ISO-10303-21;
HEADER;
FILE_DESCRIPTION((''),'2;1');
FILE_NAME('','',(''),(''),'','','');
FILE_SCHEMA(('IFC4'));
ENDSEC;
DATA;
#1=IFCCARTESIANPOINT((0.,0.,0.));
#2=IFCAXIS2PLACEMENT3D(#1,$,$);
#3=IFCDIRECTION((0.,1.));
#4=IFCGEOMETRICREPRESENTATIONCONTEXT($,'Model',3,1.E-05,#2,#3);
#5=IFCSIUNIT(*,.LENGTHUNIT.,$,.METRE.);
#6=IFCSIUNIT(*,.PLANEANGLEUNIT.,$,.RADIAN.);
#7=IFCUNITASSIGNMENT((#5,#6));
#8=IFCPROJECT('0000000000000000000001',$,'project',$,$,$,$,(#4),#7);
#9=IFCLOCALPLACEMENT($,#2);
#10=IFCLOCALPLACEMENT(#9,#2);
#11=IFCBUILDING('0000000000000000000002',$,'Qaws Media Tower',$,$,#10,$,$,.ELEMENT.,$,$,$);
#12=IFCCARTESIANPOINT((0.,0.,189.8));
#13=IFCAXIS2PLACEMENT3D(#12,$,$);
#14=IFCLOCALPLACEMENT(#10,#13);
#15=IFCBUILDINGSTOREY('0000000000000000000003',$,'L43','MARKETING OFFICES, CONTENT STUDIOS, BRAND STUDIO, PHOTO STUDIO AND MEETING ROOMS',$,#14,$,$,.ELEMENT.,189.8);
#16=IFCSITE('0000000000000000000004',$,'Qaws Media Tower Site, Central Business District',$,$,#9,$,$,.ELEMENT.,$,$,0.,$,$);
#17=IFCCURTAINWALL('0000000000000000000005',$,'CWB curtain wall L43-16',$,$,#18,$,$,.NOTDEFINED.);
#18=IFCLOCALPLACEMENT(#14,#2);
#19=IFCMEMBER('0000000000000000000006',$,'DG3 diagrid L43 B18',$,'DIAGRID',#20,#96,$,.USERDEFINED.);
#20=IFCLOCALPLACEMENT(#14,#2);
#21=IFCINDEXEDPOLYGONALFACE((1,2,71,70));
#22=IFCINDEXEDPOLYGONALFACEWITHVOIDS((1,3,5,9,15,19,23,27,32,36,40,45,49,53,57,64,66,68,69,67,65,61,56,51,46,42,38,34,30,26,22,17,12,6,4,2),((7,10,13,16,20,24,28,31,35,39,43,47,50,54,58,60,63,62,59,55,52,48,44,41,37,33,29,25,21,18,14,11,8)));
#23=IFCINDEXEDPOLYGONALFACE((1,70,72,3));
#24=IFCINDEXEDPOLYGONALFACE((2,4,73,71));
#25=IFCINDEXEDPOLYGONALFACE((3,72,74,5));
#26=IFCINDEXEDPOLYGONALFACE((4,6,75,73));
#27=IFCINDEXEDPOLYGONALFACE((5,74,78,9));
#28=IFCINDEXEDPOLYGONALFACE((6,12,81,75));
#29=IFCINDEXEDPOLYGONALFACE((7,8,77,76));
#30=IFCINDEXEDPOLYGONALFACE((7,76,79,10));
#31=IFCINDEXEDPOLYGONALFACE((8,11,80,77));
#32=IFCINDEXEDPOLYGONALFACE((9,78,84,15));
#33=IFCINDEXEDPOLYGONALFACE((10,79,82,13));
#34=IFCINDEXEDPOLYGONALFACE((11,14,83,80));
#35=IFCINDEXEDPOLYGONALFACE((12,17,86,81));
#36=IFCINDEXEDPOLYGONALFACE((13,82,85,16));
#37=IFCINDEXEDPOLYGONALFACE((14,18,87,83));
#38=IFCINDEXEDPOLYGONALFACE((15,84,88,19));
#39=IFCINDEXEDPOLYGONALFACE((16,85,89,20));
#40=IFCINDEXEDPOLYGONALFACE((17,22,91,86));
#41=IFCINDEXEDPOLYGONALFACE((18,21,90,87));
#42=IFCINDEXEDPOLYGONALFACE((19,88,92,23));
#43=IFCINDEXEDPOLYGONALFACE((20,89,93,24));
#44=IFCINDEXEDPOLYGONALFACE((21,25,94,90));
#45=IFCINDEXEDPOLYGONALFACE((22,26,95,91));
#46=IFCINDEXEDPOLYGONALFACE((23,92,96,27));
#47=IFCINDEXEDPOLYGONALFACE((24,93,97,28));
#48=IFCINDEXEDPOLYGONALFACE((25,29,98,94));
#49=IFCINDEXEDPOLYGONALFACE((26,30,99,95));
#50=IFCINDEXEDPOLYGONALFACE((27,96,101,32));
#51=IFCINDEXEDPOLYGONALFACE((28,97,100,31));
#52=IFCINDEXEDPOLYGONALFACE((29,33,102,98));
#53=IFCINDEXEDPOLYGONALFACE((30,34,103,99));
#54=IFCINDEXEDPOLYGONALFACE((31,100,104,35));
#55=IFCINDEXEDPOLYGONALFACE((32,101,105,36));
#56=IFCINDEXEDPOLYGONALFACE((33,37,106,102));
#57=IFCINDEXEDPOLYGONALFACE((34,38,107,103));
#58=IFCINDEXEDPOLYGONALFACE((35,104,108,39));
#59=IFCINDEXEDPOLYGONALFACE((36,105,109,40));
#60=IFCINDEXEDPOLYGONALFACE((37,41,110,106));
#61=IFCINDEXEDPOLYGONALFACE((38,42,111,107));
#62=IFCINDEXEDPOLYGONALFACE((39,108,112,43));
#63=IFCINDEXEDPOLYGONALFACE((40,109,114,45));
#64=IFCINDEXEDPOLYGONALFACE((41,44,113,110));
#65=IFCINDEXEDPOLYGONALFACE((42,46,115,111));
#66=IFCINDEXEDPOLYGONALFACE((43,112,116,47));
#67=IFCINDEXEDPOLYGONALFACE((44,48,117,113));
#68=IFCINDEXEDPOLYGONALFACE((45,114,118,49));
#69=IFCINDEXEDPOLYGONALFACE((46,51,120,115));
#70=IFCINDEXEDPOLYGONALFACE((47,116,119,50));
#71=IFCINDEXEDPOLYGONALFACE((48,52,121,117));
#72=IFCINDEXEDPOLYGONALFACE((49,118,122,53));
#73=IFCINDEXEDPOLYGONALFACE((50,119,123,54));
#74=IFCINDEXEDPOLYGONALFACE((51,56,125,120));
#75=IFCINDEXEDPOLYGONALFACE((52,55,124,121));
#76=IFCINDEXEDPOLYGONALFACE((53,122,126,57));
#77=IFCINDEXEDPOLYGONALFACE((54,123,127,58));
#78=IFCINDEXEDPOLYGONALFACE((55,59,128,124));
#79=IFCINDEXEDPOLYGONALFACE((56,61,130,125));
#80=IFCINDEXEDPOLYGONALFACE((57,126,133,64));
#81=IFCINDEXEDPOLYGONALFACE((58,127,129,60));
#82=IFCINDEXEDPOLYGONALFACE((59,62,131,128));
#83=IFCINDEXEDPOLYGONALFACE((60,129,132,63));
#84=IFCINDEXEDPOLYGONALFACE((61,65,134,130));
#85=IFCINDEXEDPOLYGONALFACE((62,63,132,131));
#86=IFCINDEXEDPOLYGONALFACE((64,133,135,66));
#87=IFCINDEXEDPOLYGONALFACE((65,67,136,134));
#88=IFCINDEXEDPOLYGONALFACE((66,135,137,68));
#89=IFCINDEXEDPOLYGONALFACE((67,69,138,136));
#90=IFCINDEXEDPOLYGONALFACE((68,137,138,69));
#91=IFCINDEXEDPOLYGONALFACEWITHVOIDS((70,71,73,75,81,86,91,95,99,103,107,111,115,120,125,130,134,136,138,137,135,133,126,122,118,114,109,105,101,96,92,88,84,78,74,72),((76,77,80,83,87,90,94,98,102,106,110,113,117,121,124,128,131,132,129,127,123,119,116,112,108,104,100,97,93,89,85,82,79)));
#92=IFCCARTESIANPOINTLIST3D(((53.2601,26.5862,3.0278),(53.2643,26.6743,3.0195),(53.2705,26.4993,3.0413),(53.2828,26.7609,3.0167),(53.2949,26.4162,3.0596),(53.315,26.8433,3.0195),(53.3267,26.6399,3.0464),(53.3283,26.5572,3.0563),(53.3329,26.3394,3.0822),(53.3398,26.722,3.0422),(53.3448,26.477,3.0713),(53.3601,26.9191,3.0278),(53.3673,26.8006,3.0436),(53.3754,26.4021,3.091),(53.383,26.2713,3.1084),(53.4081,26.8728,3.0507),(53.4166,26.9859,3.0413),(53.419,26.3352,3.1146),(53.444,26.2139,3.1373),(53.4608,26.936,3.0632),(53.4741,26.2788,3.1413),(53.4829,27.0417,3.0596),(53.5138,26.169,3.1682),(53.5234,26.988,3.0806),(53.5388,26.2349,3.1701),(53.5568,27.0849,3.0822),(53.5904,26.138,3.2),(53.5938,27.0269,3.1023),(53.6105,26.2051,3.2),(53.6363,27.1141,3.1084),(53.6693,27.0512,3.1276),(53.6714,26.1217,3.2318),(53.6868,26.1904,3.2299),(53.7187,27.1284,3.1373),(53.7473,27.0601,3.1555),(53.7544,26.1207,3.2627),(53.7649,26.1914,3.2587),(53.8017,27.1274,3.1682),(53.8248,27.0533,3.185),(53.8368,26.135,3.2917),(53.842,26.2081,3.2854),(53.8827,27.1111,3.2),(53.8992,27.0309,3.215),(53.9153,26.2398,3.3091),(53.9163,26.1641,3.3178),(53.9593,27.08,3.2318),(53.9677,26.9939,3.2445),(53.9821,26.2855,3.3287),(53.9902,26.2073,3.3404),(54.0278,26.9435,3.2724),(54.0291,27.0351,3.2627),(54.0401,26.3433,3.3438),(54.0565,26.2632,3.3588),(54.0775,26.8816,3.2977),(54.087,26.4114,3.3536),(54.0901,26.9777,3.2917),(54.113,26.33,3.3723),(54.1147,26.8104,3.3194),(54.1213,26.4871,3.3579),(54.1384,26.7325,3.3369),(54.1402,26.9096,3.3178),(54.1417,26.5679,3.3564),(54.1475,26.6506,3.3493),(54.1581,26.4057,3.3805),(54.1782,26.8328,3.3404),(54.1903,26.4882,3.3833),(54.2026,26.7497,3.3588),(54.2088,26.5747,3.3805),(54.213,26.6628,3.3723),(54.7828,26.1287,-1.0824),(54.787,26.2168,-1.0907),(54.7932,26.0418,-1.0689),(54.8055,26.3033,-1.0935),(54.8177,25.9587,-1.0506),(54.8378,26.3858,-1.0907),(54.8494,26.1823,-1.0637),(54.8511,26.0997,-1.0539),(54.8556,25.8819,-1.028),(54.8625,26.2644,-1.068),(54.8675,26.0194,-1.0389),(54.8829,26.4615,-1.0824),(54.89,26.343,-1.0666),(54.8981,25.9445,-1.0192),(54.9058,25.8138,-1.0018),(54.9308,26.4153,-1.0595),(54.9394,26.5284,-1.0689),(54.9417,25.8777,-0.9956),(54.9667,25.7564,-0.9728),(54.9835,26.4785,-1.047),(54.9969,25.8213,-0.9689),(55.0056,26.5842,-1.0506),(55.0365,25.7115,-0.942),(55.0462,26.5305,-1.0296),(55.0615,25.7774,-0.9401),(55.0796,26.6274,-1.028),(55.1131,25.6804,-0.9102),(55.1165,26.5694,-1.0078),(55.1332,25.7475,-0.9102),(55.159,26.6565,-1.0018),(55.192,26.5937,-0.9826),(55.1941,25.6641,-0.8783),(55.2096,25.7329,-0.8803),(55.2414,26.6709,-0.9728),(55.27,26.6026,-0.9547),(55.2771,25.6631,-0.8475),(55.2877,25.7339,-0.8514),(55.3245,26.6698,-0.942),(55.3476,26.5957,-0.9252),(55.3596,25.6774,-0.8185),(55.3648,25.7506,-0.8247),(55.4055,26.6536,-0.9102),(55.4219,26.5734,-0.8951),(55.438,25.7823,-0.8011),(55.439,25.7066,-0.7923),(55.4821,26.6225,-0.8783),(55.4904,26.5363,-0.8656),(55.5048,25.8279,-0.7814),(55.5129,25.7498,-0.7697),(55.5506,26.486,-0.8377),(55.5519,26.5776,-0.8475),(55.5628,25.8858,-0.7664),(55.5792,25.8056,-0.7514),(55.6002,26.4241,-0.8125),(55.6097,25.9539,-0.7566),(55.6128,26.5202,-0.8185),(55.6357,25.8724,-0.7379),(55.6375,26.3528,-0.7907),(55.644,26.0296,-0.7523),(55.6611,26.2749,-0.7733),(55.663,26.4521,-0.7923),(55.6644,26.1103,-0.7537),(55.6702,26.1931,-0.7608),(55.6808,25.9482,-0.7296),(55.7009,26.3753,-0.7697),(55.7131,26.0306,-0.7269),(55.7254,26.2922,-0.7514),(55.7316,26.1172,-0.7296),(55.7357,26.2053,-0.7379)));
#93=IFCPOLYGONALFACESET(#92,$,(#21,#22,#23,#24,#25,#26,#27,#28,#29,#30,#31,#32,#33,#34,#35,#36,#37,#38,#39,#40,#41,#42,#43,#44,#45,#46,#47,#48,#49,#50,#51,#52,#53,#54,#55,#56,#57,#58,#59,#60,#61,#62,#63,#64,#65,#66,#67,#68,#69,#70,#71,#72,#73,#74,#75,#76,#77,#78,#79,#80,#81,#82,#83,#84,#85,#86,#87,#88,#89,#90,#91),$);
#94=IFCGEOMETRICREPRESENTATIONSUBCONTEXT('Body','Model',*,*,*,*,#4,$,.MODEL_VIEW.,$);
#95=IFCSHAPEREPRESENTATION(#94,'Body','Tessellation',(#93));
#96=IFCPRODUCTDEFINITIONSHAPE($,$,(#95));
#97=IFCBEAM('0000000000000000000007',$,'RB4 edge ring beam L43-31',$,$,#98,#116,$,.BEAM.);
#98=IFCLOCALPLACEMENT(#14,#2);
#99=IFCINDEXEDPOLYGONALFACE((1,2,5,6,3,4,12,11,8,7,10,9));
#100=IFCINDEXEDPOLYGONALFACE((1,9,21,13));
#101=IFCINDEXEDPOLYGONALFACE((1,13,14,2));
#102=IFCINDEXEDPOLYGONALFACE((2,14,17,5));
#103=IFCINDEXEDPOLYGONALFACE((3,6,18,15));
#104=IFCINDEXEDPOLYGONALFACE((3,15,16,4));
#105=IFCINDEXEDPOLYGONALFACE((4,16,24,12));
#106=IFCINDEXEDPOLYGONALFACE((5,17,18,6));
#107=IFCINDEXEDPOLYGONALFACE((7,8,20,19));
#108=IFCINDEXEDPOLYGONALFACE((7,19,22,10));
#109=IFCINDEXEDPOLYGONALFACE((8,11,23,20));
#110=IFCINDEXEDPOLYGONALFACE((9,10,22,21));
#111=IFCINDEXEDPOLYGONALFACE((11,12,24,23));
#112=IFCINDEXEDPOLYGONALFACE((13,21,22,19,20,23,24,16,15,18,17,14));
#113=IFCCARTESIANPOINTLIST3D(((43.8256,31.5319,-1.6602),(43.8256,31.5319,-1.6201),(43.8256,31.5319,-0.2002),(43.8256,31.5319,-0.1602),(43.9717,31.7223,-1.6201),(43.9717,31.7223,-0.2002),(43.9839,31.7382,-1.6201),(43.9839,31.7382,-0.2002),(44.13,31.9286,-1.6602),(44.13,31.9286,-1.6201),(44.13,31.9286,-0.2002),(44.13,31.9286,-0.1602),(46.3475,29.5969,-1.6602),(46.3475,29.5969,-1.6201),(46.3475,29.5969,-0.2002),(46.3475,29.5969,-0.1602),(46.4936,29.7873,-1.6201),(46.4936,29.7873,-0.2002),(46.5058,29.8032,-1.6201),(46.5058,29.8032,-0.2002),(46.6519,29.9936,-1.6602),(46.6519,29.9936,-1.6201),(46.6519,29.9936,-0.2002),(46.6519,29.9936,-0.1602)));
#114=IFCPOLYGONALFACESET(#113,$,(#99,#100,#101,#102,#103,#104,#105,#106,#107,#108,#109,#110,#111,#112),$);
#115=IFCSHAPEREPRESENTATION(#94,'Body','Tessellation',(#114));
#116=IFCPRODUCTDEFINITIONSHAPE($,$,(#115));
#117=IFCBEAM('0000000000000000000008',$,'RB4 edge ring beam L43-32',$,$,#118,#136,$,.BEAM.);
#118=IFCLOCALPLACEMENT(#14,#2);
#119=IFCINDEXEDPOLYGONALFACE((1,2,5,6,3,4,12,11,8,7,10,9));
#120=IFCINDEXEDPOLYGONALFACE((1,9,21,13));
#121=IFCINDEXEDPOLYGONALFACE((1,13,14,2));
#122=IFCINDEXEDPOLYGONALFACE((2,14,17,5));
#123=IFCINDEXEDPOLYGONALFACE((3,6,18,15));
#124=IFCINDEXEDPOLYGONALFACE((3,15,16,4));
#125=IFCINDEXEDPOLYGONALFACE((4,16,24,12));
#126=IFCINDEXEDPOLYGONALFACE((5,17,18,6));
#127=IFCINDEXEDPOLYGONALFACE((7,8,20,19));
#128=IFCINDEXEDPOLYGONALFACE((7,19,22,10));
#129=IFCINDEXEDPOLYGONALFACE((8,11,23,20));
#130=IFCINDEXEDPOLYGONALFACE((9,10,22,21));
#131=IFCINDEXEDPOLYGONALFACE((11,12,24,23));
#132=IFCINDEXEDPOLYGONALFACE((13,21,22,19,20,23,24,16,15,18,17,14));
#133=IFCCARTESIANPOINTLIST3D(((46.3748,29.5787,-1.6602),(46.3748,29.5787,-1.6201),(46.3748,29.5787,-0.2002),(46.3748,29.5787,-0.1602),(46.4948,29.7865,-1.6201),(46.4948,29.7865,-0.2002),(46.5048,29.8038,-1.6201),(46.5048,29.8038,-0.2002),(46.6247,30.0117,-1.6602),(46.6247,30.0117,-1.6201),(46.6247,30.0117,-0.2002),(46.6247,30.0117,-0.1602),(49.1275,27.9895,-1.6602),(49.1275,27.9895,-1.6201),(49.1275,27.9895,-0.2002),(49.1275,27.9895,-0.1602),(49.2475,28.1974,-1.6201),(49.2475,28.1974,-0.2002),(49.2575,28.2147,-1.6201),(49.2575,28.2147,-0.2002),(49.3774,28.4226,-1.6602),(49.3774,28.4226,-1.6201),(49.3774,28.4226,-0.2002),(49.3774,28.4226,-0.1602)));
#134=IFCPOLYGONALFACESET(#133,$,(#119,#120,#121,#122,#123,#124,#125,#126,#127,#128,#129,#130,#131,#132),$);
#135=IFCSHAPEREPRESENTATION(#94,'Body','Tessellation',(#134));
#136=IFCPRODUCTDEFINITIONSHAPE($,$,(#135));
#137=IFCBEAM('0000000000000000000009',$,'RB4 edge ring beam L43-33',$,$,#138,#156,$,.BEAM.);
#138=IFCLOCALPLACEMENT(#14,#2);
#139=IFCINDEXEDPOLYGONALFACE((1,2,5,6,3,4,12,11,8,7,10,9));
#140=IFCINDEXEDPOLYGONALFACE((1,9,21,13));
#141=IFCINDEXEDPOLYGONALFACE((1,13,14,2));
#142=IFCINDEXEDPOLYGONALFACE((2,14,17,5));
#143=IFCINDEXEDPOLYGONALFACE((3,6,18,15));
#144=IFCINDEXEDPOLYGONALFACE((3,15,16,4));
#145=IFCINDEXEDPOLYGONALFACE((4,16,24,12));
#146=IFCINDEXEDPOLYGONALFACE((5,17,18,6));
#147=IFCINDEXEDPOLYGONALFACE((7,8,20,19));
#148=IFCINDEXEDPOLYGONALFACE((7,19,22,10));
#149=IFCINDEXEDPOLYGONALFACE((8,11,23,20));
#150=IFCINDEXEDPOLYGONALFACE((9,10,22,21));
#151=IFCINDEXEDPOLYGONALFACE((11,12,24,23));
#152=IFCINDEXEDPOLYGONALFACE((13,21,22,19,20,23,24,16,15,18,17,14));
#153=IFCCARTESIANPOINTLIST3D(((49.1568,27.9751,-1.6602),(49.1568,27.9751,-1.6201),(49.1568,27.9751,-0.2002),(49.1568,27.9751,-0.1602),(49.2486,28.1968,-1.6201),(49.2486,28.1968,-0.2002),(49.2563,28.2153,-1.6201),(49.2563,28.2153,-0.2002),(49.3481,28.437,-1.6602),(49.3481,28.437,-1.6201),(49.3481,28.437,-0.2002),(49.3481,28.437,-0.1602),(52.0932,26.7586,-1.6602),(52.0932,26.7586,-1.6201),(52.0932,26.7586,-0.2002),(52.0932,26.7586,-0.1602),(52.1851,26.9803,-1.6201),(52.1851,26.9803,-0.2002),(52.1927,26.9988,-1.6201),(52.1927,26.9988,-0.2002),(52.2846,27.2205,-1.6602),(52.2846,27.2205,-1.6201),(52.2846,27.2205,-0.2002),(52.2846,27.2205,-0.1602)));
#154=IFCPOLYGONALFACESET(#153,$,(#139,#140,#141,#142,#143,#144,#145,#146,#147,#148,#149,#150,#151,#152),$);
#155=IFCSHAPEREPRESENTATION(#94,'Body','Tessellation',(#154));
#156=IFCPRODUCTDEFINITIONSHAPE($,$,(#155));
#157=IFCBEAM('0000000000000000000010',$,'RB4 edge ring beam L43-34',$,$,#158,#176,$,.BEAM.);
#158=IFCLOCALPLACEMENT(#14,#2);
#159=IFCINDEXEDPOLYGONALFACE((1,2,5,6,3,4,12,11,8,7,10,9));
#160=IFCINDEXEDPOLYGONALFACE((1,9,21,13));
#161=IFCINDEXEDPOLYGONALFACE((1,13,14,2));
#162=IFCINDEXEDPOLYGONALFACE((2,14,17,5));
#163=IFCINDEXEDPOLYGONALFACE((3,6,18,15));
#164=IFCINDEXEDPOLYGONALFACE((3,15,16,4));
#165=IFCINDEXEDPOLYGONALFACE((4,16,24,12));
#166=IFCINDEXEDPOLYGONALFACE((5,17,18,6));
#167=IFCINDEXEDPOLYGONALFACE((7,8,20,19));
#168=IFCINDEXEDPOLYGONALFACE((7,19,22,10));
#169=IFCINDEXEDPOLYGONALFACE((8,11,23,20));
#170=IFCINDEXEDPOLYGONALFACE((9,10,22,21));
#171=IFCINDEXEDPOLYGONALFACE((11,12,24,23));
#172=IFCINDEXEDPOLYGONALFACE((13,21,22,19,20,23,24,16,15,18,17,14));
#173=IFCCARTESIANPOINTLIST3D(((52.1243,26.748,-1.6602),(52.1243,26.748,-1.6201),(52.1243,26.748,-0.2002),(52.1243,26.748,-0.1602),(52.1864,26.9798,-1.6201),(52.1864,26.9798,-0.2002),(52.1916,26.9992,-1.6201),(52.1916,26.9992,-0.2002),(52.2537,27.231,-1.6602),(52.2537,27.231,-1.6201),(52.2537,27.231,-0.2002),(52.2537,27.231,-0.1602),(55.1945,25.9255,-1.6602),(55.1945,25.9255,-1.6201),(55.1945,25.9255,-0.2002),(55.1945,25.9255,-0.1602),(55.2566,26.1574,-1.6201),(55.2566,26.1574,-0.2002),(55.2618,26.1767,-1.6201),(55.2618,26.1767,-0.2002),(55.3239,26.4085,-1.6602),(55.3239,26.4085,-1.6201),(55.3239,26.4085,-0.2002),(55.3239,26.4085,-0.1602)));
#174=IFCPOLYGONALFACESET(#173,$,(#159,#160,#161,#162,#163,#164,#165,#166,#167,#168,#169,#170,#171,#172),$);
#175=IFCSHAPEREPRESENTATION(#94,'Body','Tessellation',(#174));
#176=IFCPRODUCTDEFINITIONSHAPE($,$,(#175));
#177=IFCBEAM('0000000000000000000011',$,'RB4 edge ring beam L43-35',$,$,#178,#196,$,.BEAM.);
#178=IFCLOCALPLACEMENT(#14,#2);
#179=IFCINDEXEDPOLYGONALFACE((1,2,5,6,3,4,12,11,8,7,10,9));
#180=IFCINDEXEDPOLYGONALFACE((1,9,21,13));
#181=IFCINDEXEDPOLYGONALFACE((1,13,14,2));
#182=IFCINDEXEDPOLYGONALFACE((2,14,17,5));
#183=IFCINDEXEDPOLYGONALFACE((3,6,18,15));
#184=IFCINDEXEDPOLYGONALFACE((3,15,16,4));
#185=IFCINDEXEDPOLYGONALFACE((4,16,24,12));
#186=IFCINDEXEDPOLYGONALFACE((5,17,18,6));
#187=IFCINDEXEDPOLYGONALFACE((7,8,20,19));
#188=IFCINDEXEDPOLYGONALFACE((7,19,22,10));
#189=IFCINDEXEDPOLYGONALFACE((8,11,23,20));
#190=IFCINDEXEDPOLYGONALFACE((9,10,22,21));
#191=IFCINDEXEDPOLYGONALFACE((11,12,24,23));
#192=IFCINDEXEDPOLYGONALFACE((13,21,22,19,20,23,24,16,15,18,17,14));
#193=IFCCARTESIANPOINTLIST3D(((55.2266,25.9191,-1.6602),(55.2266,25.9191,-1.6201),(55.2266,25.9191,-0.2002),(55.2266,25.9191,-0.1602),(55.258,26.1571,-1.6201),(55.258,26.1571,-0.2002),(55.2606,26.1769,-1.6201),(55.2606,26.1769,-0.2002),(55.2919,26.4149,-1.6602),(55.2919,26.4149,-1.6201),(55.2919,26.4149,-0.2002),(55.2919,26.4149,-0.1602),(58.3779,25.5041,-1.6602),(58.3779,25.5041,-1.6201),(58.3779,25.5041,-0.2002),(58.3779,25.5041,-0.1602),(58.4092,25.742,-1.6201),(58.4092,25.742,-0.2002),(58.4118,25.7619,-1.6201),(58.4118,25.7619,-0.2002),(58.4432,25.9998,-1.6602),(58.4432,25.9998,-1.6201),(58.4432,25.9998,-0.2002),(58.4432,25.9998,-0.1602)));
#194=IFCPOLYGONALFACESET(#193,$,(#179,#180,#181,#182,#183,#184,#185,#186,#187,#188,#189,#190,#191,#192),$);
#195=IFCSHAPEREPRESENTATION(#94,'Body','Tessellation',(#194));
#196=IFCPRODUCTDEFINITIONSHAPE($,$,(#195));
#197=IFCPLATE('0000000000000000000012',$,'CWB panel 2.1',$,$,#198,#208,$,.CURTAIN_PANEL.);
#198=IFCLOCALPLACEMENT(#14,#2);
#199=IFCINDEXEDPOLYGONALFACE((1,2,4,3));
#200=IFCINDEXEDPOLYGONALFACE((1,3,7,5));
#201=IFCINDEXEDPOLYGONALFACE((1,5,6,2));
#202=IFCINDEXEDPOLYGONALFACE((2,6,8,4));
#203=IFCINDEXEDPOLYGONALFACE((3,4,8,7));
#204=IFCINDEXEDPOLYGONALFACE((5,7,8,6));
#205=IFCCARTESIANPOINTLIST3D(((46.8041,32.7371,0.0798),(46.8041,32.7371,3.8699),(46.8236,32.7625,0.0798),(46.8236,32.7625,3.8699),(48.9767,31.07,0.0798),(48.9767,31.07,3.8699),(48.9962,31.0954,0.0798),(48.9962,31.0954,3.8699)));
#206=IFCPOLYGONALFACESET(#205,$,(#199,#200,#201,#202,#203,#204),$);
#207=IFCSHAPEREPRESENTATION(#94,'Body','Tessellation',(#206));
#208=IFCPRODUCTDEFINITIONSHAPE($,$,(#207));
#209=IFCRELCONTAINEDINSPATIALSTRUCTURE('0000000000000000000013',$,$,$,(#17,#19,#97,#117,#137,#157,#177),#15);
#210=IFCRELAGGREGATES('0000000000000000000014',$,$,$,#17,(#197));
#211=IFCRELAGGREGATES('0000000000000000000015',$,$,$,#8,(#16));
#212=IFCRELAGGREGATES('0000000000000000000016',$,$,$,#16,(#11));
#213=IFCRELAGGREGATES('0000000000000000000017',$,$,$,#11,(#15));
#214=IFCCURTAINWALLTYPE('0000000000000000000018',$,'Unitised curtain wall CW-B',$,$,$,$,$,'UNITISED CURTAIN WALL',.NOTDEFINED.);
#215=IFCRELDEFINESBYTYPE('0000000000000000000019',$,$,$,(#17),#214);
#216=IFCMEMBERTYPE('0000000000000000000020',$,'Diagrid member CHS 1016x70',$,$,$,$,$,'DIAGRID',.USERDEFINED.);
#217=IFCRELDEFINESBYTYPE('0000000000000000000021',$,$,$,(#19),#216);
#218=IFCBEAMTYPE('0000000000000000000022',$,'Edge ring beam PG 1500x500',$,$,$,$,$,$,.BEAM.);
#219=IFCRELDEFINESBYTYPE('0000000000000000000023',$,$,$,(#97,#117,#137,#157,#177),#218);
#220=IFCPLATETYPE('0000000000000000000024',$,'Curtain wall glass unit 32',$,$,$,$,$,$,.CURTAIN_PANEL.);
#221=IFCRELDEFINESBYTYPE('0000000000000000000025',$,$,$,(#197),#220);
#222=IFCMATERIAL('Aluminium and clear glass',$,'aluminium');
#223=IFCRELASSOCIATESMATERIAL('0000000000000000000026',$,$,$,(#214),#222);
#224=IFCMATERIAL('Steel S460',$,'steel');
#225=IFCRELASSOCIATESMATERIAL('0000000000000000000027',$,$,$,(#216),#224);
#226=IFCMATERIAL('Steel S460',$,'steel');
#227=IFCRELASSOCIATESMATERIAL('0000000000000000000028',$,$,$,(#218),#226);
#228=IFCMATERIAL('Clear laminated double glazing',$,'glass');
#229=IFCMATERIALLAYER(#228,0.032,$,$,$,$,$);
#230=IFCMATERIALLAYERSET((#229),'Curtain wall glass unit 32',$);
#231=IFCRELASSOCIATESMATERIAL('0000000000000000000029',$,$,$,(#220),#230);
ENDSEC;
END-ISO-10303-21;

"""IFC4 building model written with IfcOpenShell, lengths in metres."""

from ifc_helpers import new_model, si_unit, direction, frame, origin, origin_2d, place, context, subcontext, project, spatial, rectangle, hollow_circle, i_section, extrude, material, layer, layer_set, material_profile, profile_set, type_object, element, aggregate, save


model = new_model("IFC4")

# Units and contexts
model_context = context("Model", 3, precision=1e-05, world=origin(), true_north=direction((0.0, 1.0)))
body_context = subcontext(model_context, "Body", "Model", "MODEL_VIEW")
ifc_project = project(units=[si_unit("LENGTHUNIT", "METRE"), si_unit("PLANEANGLEUNIT", "RADIAN")], contexts=[model_context])

# Site, building, storey
site_placement = place(None, origin())
site = spatial("IfcSite", under=ifc_project, at=site_placement, Name="Qaws Media Tower Site, Central Business District", CompositionType="ELEMENT", RefElevation=0.0)
building_placement = place(site_placement, origin())
building = spatial("IfcBuilding", under=site, at=building_placement, Name="Qaws Media Tower", CompositionType="ELEMENT")
storey_placement = place(building_placement, frame((0.0, 0.0, 189.8)))
storey = spatial("IfcBuildingStorey", under=building, at=storey_placement, Name="L43", Description="MARKETING OFFICES, CONTENT STUDIOS, BRAND STUDIO, PHOTO STUDIO AND MEETING ROOMS", CompositionType="ELEMENT", Elevation=189.8)

# Curtain wall
ifc_material_1 = material(Name="Aluminium and clear glass", Category="aluminium")
curtain_wall_type = type_object("IfcCurtainWallType", Name="Unitised curtain wall CW-B", ElementType="UNITISED CURTAIN WALL", PredefinedType="NOTDEFINED", material=ifc_material_1)
curtain_wall_1_placement = place(storey_placement, origin())
curtain_wall_1 = element("IfcCurtainWall", 1, at=curtain_wall_1_placement, inside=storey, type_object=curtain_wall_type, Name="CWB curtain wall L43-16", PredefinedType="NOTDEFINED")

# Member
ifc_material_2 = material(Name="Steel S460", Category="steel")
ifc_material_profile_1 = material_profile(ifc_material_2, hollow_circle(Radius=0.5081, WallThickness=0.0701, at=origin_2d()), Name="CHS 1016x70")
ifc_profile_set_1 = profile_set([ifc_material_profile_1], Name="Steel S460")
member_type_1 = type_object("IfcMemberType", Name="Diagrid member CHS 1016x70", ElementType="DIAGRID", PredefinedType="USERDEFINED", material=ifc_profile_set_1)
for number, where, z_axis, x_axis, name in (
    (2, (55.2593, 26.167, -0.9102), (-0.345526, 0.103818, 0.932649), (-0.287756, -0.957704, 0.0), "DG3 diagrid L43 B18"),
):
    element("IfcMember", number, at=place(storey_placement, frame(where, z_axis=z_axis, x_axis=x_axis)), inside=storey, type_object=member_type_1, Name=name, ObjectType="DIAGRID", PredefinedType="USERDEFINED", context=body_context, shape_type="SweptSolid", body=[
        extrude(hollow_circle(Radius=0.5081, WallThickness=0.0701, at=origin_2d()), origin(), (0.0, 0.0, 1.0), 4.407),
    ])

# Beams
ifc_material_3 = material(Name="Steel S460", Category="steel")
ifc_material_profile_2 = material_profile(ifc_material_3, i_section(OverallWidth=0.5, OverallDepth=1.5, WebThickness=0.02, FlangeThickness=0.04, at=origin_2d()), Name="PG 1500x500")
ifc_profile_set_2 = profile_set([ifc_material_profile_2], Name="Steel S460")
beam_type = type_object("IfcBeamType", Name="Edge ring beam PG 1500x500", PredefinedType="BEAM", material=ifc_profile_set_2)
beam_placement = place(storey_placement, frame((43.9778, 31.7302, -0.9102), z_axis=(0.793371, -0.608738, 0.0), x_axis=(0.608738, 0.793371, 0.0)))
element("IfcBeam", 3, at=beam_placement, inside=storey, type_object=beam_type, Name="RB4 edge ring beam L43-31", PredefinedType="BEAM", context=body_context, shape_type="SweptSolid", body=[
    extrude(i_section(OverallWidth=0.5, OverallDepth=1.5, WebThickness=0.02, FlangeThickness=0.04, at=origin_2d()), origin(), (0.0, 0.0, 1.0), 3.1787),
])
for number, where, z_axis, x_axis, name in (
    (4, (46.4998, 29.7952, -0.9102), (0.866046, -0.499964, 0.0), (0.499964, 0.866046, 0.0), "RB4 edge ring beam L43-32"),
    (5, (49.2524, 28.2061, -0.9102), (0.923857, -0.382738, 0.0), (0.382738, 0.923857, 0.0), "RB4 edge ring beam L43-33"),
    (6, (52.189, 26.9895, -0.9102), (0.96594, -0.258767, 0.0), (0.258767, 0.96594, 0.0), "RB4 edge ring beam L43-34"),
    (7, (55.2593, 26.167, -0.9102), (0.991439, -0.130574, 0.0), (0.130574, 0.991439, 0.0), "RB4 edge ring beam L43-35"),
):
    element("IfcBeam", number, at=place(storey_placement, frame(where, z_axis=z_axis, x_axis=x_axis)), inside=storey, type_object=beam_type, Name=name, PredefinedType="BEAM", context=body_context, shape_type="SweptSolid", body=[
        extrude(i_section(OverallWidth=0.5, OverallDepth=1.5, WebThickness=0.02, FlangeThickness=0.04, at=origin_2d()), origin(), (0.0, 0.0, 1.0), 3.1785),
    ])

# Plate
ifc_material_4 = material(Name="Clear laminated double glazing", Category="glass")
ifc_layer_1 = layer(ifc_material_4, 0.032)
ifc_layer_set_1 = layer_set([ifc_layer_1], Name="Curtain wall glass unit 32")
plate_type_1 = type_object("IfcPlateType", Name="Curtain wall glass unit 32", PredefinedType="CURTAIN_PANEL", material=ifc_layer_set_1)
plate_1_placement = place(storey_placement, frame((47.9001, 31.9163, 0.0798), z_axis=(0.0, 0.0, 1.0), x_axis=(0.793353, -0.608761, 0.0)))
plate_1 = element("IfcPlate", 8, at=plate_1_placement, type_object=plate_type_1, Name="CWB panel 2.1", PredefinedType="CURTAIN_PANEL", context=body_context, shape_type="SweptSolid", body=[
    extrude(rectangle(XDim=2.7385, YDim=0.032, at=origin_2d()), origin(), (0.0, 0.0, 1.0), 3.79),
])
aggregate(curtain_wall_1, [plate_1])

save(model, "model.ifc")
